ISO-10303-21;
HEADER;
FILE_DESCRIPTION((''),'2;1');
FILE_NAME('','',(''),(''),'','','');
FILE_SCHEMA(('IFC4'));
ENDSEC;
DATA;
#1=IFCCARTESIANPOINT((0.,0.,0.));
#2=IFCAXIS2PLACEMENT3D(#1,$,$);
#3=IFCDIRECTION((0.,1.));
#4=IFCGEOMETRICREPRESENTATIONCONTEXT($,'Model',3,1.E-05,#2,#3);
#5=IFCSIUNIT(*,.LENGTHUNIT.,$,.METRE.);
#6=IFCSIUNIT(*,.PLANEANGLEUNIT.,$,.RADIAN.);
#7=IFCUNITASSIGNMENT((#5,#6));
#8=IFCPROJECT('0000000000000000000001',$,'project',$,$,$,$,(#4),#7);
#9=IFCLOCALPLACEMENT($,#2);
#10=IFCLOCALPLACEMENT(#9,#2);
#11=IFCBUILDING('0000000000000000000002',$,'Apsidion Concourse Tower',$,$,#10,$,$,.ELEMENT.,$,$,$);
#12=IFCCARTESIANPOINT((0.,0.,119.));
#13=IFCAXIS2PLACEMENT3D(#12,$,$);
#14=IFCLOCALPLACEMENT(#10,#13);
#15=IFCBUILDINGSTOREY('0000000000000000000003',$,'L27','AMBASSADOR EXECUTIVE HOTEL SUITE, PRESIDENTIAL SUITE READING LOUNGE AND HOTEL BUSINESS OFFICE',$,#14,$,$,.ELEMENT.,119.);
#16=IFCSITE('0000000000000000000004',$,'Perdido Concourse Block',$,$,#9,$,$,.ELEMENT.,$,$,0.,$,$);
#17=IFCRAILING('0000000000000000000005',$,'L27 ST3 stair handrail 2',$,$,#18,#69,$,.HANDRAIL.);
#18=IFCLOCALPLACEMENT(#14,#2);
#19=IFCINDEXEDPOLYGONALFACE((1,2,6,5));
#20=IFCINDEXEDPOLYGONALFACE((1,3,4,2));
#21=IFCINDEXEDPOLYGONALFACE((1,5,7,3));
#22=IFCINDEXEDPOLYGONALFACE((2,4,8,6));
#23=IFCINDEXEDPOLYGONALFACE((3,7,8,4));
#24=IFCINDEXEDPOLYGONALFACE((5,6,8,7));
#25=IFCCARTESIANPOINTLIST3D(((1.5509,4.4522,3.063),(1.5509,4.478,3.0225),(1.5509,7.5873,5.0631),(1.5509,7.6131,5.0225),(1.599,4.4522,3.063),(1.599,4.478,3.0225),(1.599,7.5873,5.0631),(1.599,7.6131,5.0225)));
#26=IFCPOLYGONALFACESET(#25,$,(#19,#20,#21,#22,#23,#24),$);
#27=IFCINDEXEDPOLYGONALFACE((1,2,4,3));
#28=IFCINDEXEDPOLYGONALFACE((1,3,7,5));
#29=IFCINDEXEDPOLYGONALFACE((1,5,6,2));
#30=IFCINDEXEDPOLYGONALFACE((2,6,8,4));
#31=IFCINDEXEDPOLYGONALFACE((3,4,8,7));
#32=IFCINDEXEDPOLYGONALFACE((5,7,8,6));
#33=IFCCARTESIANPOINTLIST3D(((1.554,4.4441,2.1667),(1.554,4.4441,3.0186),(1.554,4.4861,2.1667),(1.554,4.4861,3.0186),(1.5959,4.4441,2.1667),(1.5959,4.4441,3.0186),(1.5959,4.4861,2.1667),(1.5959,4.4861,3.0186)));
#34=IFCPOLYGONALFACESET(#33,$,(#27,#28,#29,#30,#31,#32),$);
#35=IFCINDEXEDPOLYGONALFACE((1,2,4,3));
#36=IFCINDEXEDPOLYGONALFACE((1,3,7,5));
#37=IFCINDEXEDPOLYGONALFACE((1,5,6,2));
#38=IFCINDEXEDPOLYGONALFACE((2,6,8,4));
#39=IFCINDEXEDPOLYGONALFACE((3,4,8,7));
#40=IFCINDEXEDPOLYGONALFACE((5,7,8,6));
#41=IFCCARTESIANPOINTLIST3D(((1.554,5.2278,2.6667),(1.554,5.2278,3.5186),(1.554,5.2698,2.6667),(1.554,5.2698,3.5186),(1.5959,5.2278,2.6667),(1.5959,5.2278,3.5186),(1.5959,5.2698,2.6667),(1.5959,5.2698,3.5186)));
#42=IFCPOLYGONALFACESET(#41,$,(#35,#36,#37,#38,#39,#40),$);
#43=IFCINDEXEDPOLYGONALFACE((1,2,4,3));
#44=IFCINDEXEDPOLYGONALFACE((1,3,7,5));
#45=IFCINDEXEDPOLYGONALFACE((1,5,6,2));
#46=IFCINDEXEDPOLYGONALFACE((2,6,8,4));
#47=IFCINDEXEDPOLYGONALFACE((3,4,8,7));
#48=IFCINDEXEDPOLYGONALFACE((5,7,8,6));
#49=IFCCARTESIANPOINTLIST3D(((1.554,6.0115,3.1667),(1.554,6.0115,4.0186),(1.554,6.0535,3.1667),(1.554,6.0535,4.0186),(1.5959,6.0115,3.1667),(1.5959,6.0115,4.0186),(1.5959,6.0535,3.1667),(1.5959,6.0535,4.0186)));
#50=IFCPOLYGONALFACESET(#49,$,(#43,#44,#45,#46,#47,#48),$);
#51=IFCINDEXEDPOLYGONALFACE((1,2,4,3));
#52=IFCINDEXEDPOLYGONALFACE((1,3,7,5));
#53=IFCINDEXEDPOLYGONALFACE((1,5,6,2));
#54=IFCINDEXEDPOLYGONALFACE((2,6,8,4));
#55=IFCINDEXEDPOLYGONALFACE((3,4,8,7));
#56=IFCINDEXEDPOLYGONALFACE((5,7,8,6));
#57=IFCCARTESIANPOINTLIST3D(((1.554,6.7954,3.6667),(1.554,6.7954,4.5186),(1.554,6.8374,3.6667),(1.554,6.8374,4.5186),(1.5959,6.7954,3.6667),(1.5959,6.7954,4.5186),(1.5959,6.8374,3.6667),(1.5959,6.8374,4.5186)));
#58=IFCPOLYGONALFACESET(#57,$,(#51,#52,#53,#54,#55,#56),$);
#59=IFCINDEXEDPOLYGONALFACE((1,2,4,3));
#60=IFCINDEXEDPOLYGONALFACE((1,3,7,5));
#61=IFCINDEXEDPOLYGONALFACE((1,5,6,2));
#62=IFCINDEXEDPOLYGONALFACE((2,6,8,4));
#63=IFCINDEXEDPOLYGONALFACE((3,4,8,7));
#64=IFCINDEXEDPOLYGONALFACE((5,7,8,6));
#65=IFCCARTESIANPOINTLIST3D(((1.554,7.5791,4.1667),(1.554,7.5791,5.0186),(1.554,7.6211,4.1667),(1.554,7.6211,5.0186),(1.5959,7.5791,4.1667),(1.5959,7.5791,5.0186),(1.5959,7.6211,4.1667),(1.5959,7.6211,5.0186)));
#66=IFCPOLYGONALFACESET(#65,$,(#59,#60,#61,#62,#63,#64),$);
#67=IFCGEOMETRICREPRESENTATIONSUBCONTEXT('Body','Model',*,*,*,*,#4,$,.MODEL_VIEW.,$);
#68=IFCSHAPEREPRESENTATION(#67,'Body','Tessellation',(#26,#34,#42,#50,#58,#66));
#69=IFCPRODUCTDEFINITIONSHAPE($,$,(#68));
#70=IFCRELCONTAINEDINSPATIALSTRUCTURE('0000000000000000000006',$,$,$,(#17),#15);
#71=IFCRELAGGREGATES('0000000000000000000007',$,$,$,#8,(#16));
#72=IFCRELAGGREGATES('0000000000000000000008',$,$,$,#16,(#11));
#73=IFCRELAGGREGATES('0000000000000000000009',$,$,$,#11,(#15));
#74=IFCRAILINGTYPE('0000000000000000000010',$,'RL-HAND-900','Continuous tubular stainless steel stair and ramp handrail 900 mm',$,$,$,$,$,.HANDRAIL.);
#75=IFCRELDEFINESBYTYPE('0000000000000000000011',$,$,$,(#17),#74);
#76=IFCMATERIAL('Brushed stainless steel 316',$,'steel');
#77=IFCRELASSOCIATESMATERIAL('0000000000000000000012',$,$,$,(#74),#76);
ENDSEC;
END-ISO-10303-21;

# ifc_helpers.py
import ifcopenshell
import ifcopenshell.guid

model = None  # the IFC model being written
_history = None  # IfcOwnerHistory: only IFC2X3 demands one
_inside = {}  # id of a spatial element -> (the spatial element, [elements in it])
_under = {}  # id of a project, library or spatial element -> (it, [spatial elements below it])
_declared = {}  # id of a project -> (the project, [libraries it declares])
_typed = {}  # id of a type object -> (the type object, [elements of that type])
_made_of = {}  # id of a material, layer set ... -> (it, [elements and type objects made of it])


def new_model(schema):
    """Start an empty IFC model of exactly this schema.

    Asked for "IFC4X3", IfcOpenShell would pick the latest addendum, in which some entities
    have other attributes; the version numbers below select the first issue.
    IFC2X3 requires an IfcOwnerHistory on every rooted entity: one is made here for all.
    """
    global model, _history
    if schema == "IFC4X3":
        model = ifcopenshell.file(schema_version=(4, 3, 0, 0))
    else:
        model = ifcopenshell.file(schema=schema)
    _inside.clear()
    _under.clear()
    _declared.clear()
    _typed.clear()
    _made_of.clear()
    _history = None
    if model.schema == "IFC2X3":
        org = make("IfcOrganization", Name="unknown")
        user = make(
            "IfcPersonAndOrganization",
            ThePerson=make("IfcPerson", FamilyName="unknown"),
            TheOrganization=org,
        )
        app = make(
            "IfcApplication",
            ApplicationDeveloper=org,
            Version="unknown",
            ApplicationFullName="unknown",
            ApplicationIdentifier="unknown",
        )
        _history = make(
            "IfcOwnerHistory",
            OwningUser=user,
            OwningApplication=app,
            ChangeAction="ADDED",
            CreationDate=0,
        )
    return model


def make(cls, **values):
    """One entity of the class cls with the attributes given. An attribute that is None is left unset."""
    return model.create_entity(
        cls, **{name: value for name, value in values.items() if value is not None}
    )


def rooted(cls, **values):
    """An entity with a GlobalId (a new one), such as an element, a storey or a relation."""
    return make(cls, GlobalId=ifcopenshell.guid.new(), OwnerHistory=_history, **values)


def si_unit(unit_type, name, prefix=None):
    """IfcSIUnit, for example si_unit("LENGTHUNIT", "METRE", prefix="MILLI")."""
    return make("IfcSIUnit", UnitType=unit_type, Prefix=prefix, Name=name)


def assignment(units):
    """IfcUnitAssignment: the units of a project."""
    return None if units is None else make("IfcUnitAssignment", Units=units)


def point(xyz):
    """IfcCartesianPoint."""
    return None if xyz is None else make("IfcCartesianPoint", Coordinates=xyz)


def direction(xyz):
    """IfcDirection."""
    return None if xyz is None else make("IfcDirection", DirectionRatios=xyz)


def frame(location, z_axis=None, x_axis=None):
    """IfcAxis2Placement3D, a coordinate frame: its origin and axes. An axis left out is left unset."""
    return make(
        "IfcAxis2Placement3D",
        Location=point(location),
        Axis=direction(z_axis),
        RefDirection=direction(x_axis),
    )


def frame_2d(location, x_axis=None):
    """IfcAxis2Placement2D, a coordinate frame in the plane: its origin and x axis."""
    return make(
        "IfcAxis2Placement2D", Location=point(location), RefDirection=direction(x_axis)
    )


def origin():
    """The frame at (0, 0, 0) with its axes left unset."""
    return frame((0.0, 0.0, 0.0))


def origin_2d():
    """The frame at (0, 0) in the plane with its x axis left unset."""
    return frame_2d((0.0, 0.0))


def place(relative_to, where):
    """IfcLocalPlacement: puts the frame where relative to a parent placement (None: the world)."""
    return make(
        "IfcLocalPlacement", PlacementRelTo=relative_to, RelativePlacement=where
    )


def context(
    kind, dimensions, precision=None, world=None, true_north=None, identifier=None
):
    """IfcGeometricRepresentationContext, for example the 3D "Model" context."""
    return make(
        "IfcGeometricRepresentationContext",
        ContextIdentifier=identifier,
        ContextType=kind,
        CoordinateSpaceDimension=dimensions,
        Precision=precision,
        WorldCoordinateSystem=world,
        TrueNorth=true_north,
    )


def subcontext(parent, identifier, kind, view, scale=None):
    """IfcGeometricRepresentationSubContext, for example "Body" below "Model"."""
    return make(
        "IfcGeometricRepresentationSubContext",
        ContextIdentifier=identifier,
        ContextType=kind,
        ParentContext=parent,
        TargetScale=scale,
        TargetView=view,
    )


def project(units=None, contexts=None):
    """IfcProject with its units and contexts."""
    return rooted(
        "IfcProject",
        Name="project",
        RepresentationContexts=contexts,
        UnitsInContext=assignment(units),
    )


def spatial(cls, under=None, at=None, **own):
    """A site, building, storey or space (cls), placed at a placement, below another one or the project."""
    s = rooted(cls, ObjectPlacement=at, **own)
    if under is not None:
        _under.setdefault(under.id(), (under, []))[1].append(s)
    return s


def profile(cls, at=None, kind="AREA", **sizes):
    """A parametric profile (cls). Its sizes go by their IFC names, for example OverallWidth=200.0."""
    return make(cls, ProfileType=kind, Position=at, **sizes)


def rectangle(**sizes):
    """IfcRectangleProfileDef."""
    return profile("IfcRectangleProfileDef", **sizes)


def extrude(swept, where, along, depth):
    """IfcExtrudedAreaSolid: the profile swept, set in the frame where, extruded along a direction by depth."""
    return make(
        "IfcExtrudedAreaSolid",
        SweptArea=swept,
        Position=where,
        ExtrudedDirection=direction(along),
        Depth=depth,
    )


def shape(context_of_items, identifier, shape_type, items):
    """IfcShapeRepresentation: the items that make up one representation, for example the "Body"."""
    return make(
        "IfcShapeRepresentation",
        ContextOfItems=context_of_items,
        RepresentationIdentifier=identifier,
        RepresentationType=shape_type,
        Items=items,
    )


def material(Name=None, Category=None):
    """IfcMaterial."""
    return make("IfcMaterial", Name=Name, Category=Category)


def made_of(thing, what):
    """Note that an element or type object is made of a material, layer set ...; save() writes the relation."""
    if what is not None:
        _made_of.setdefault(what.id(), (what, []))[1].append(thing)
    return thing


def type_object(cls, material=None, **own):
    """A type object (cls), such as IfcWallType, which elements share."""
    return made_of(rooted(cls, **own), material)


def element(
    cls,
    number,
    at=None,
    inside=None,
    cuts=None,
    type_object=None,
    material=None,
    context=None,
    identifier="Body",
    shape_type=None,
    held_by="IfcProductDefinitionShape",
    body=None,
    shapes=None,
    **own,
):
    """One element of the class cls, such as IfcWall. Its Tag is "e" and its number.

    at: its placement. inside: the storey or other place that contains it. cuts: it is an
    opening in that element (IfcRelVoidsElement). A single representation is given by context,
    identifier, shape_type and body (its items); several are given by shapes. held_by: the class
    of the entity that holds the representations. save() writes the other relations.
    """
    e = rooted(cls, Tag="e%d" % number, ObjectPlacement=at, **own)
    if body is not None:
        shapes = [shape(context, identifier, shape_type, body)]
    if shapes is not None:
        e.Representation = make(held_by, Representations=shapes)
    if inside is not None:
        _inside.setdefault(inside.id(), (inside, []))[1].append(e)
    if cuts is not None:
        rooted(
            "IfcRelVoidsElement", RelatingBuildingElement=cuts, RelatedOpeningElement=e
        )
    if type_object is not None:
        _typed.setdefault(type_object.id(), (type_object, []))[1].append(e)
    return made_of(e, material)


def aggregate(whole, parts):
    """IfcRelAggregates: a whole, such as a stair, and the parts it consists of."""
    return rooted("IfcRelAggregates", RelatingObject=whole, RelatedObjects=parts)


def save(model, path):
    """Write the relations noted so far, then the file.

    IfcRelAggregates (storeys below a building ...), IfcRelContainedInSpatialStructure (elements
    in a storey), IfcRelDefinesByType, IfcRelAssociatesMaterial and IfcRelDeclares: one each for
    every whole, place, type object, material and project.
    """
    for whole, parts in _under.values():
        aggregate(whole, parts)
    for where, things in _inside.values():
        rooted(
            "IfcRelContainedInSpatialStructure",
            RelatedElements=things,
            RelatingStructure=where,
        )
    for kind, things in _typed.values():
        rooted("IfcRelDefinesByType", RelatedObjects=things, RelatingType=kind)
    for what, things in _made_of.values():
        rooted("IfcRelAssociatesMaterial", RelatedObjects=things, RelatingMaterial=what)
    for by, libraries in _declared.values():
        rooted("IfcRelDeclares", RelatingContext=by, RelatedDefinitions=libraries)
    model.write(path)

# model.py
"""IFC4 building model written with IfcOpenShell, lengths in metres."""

from ifc_helpers import new_model, si_unit, direction, frame, origin, origin_2d, place, context, subcontext, project, spatial, rectangle, extrude, material, type_object, element, save


model = new_model("IFC4")

# Units and contexts
model_context = context("Model", 3, precision=1e-05, world=origin(), true_north=direction((0.0, 1.0)))
body_context = subcontext(model_context, "Body", "Model", "MODEL_VIEW")
ifc_project = project(units=[si_unit("LENGTHUNIT", "METRE"), si_unit("PLANEANGLEUNIT", "RADIAN")], contexts=[model_context])

# Site, building, storey
site_placement = place(None, origin())
site = spatial("IfcSite", under=ifc_project, at=site_placement, Name="Perdido Concourse Block", CompositionType="ELEMENT", RefElevation=0.0)
building_placement = place(site_placement, origin())
building = spatial("IfcBuilding", under=site, at=building_placement, Name="Apsidion Concourse Tower", CompositionType="ELEMENT")
storey_placement = place(building_placement, frame((0.0, 0.0, 119.0)))
storey = spatial("IfcBuildingStorey", under=building, at=storey_placement, Name="L27", Description="AMBASSADOR EXECUTIVE HOTEL SUITE, PRESIDENTIAL SUITE READING LOUNGE AND HOTEL BUSINESS OFFICE", CompositionType="ELEMENT", Elevation=119.0)

# Railing
ifc_material_1 = material(Name="Brushed stainless steel 316", Category="steel")
railing_type_1 = type_object("IfcRailingType", Name="RL-HAND-900", Description="Continuous tubular stainless steel stair and ramp handrail 900 mm", PredefinedType="HANDRAIL", material=ifc_material_1)
railing_1_placement = place(storey_placement, frame((1.575, 4.4651, 2.1667)))
element("IfcRailing", 1, at=railing_1_placement, inside=storey, type_object=railing_type_1, Name="L27 ST3 stair handrail 2", PredefinedType="HANDRAIL", context=body_context, shape_type="SweptSolid", body=[
    extrude(rectangle(XDim=0.0481, YDim=0.0481, at=origin_2d()), frame((0.0, 0.0, 0.876), z_axis=(0.0, 0.843053, 0.537831), x_axis=(-1.0, 0.0, 0.0)), (0.0, 0.0, 1.0), 3.7188),
    extrude(rectangle(XDim=0.042, YDim=0.042, at=origin_2d()), origin(), (0.0, 0.0, 1.0), 0.8518),
    extrude(rectangle(XDim=0.042, YDim=0.042, at=origin_2d()), frame((0.0, 0.7837, 0.5)), (0.0, 0.0, 1.0), 0.8518),
    extrude(rectangle(XDim=0.042, YDim=0.042, at=origin_2d()), frame((0.0, 1.5674, 1.0)), (0.0, 0.0, 1.0), 0.8518),
    extrude(rectangle(XDim=0.042, YDim=0.042, at=origin_2d()), frame((0.0, 2.3513, 1.5)), (0.0, 0.0, 1.0), 0.8518),
    extrude(rectangle(XDim=0.042, YDim=0.042, at=origin_2d()), frame((0.0, 3.135, 2.0)), (0.0, 0.0, 1.0), 0.8518),
])

save(model, "model.ifc")
